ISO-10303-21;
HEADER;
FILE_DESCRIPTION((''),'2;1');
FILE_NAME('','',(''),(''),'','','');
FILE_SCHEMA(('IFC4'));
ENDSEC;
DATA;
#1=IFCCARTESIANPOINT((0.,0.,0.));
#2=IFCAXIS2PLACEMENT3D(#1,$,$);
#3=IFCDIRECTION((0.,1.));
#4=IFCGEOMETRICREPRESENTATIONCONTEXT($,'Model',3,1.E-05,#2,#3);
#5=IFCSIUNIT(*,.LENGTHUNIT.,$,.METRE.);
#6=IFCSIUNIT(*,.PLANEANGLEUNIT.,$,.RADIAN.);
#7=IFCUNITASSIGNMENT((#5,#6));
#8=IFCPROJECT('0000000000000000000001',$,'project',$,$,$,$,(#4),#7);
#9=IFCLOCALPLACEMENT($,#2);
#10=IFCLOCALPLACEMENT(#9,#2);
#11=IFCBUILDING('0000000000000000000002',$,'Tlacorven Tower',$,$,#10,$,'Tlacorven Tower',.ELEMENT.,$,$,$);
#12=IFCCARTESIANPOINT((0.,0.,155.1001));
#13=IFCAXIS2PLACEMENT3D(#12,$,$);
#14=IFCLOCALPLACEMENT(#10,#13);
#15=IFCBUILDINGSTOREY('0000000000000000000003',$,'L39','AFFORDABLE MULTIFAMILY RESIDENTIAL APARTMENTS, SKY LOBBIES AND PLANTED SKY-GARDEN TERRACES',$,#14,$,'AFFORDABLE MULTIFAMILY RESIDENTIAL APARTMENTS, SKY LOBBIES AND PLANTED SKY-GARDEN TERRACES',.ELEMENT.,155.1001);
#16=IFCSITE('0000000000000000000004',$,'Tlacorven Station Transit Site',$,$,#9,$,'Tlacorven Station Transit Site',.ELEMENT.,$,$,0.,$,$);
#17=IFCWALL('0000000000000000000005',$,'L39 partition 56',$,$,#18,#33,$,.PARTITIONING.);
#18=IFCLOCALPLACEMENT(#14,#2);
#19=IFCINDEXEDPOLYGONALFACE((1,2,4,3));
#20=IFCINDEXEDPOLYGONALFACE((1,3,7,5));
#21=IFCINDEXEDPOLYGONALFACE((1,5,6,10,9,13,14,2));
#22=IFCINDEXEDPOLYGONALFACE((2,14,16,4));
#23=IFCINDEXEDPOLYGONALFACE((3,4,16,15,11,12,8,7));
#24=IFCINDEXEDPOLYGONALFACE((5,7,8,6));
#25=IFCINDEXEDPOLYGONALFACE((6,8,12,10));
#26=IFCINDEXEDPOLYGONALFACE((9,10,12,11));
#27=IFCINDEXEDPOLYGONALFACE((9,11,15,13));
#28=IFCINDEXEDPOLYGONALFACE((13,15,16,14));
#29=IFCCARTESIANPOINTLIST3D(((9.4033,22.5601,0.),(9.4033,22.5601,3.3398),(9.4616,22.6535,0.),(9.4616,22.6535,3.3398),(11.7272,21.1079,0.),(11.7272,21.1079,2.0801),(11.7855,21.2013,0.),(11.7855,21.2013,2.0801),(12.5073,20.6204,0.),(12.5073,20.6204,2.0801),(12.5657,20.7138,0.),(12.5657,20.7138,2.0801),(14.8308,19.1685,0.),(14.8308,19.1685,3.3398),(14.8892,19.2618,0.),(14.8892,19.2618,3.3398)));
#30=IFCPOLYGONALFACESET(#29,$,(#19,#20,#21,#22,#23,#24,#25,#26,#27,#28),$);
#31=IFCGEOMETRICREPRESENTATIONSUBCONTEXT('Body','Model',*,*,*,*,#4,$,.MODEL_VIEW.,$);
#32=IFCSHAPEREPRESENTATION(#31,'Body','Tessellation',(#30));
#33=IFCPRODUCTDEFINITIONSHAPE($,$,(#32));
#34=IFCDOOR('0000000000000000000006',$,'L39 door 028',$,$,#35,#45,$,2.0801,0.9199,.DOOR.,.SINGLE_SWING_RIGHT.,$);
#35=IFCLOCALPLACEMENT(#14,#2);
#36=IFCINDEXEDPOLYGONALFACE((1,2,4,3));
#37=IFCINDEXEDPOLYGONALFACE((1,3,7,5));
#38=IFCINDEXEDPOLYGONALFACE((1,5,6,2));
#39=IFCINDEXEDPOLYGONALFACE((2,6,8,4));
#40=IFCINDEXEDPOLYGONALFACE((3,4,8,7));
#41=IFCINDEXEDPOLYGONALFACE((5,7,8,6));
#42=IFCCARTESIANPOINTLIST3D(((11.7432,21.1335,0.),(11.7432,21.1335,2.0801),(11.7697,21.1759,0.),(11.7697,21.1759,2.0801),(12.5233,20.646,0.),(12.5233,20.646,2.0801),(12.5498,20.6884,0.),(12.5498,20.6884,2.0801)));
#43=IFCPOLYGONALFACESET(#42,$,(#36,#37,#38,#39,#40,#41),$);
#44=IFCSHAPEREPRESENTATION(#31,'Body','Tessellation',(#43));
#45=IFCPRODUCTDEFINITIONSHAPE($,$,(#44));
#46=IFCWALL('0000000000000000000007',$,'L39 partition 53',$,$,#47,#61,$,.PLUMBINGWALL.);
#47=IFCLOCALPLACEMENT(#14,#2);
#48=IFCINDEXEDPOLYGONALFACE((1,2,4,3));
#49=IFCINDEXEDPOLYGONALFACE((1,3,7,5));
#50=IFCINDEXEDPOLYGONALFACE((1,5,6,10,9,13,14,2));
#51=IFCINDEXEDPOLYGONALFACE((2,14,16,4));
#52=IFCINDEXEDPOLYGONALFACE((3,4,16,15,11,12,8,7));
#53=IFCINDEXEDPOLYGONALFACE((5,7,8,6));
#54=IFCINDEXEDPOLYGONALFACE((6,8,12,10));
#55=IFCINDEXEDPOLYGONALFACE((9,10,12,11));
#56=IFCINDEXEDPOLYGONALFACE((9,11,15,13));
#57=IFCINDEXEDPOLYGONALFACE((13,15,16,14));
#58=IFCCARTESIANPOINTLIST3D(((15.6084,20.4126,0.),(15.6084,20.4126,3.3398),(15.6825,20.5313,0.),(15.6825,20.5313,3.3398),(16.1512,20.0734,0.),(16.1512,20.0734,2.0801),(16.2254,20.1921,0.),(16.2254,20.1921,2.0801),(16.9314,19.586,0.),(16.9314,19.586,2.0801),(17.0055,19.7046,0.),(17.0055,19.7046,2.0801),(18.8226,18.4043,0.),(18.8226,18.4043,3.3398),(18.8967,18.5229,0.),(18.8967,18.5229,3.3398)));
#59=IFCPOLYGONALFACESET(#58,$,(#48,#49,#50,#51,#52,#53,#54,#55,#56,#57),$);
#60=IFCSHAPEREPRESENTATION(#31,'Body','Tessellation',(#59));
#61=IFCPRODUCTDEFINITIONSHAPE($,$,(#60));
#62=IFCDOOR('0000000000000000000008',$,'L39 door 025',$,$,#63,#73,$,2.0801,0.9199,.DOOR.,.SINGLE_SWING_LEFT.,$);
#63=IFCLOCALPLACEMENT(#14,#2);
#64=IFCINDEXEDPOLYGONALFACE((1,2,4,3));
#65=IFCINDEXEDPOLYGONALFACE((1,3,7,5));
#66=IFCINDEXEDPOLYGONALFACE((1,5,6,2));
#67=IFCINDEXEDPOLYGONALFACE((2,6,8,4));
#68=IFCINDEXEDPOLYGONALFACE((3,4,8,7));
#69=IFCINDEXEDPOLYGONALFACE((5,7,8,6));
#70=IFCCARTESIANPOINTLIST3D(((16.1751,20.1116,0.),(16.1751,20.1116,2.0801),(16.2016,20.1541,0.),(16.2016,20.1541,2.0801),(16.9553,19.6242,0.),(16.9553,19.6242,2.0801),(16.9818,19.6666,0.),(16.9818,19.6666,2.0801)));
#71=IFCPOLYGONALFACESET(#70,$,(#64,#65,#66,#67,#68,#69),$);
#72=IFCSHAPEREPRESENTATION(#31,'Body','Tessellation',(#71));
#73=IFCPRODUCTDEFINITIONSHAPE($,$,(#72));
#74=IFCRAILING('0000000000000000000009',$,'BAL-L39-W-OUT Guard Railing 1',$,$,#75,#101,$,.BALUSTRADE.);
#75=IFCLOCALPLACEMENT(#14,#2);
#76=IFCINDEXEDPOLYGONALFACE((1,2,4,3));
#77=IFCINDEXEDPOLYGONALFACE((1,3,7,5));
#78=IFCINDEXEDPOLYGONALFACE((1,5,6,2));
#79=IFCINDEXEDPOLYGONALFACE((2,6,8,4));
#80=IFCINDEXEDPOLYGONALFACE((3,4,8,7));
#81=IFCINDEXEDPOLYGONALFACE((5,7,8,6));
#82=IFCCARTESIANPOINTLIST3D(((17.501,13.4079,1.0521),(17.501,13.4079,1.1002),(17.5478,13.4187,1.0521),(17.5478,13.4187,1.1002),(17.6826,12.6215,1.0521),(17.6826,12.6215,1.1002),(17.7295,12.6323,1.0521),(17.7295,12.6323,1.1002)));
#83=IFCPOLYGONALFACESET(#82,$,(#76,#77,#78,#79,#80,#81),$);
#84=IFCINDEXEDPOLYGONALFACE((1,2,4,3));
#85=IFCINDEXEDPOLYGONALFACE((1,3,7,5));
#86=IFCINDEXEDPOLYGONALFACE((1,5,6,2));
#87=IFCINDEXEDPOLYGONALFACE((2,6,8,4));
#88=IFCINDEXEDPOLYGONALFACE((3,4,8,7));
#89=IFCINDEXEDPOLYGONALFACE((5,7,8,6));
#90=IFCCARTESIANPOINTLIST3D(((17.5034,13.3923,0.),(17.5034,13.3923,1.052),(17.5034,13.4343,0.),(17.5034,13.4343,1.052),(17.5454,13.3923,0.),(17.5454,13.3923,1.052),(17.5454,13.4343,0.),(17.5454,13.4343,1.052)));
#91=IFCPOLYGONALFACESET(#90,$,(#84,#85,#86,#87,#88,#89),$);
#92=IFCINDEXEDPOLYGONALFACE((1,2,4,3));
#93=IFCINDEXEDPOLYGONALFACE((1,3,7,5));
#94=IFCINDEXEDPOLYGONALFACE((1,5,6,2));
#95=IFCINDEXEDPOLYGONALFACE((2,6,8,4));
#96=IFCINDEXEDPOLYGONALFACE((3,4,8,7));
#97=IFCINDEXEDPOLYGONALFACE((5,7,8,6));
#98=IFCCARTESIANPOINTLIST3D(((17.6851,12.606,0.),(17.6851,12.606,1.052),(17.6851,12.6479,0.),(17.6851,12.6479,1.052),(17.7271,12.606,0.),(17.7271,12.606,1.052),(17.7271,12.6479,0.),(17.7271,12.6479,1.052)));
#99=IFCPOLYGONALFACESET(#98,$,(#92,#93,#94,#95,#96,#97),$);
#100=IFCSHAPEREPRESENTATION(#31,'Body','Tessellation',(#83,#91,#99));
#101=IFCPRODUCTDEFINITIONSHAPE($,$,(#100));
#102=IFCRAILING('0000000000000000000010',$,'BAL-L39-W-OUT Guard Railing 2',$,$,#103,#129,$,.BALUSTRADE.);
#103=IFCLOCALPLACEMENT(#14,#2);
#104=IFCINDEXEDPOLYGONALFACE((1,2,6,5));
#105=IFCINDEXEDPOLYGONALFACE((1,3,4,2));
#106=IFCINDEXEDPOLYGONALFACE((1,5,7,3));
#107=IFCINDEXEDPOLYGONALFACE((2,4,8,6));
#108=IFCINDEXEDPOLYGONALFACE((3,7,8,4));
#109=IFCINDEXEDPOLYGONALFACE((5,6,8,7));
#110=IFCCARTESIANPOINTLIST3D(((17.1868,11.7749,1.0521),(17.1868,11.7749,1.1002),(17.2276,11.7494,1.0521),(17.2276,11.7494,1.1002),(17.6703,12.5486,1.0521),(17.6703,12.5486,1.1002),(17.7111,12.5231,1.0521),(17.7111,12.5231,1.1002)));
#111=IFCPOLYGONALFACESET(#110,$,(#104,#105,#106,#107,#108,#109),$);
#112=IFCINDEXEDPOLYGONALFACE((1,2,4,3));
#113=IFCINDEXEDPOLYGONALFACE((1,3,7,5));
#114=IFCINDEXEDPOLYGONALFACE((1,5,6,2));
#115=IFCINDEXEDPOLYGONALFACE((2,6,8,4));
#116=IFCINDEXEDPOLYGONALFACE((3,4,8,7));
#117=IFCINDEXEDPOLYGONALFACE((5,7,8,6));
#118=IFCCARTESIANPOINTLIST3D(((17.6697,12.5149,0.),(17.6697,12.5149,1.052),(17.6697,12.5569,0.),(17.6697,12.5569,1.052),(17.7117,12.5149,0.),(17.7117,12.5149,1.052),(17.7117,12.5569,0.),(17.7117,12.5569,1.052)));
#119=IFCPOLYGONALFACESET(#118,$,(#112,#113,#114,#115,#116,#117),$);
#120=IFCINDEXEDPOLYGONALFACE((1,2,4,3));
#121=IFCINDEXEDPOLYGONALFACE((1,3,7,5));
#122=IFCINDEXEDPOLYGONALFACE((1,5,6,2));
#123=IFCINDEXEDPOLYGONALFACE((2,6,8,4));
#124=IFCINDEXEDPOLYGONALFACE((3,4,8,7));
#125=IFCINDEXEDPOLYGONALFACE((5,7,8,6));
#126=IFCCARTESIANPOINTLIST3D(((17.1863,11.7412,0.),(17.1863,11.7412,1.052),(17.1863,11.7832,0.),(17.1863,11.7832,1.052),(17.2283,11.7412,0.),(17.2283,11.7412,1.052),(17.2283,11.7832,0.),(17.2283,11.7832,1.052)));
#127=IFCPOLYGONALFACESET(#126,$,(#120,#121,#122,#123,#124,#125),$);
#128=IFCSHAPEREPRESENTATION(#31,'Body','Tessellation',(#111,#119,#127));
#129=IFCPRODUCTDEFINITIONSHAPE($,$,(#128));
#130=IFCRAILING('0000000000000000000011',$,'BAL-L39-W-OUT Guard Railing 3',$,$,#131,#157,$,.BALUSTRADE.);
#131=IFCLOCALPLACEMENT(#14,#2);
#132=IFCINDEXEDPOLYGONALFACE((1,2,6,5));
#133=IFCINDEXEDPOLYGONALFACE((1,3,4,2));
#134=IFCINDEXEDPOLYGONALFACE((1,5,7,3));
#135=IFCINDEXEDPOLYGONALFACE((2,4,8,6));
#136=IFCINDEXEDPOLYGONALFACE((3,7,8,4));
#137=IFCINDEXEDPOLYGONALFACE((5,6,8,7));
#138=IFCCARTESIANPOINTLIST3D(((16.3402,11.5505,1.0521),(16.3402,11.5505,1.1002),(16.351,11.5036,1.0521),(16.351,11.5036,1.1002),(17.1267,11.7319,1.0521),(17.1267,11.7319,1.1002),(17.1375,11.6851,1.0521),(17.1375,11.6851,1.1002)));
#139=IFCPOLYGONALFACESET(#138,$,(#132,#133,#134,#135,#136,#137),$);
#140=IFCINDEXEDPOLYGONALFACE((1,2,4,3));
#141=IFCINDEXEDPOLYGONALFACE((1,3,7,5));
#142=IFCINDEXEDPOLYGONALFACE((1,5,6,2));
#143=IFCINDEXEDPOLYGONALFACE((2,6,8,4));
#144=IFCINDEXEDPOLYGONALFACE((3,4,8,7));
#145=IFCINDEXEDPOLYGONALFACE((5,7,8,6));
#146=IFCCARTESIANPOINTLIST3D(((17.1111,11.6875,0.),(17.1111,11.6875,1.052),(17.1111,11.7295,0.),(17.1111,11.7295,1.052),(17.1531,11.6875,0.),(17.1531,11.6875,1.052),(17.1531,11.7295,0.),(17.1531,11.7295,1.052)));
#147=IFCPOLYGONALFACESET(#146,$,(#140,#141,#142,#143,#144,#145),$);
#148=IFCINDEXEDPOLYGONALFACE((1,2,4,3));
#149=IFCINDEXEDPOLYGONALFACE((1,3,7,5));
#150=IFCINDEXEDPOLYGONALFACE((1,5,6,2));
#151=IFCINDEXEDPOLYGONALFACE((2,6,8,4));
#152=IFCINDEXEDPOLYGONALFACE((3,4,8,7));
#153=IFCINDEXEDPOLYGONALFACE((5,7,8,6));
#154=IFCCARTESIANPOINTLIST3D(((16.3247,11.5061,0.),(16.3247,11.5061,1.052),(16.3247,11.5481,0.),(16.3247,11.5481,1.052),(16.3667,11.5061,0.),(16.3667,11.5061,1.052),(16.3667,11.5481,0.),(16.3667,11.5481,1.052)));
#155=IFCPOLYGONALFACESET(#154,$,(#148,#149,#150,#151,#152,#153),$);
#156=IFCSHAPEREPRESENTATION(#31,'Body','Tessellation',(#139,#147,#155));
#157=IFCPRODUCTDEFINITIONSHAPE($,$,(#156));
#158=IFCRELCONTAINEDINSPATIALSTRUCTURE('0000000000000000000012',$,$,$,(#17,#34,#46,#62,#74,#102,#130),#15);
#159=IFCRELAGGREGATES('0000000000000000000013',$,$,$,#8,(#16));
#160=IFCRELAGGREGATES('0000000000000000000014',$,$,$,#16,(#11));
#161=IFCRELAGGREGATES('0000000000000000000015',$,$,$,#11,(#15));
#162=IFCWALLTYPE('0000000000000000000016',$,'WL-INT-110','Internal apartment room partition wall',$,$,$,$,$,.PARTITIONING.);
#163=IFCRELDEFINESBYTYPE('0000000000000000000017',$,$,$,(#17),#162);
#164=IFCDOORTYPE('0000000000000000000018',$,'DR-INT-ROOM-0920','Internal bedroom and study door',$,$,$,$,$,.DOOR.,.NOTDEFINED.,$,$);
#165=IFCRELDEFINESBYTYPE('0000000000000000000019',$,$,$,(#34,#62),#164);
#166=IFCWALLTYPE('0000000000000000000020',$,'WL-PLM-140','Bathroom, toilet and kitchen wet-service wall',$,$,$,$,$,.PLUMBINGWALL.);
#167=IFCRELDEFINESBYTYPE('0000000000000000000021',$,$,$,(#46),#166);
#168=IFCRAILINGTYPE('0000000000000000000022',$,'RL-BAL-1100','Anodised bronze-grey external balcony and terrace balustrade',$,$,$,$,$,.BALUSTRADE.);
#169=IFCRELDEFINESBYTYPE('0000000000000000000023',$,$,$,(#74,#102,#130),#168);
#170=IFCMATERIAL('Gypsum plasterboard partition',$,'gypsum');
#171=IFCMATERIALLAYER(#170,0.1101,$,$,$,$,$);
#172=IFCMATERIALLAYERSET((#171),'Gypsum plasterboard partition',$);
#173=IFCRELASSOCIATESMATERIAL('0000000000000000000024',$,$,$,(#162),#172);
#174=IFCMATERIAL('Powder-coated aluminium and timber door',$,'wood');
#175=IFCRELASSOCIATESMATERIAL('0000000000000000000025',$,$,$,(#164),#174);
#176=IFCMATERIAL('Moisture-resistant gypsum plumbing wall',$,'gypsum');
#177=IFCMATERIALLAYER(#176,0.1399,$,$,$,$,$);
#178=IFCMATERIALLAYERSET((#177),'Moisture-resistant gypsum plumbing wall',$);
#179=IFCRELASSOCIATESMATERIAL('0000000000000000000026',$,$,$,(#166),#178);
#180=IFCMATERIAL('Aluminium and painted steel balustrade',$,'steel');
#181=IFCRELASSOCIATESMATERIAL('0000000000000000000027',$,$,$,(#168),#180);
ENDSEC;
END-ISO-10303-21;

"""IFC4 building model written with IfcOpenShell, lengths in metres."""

from ifc_helpers import new_model, si_unit, direction, frame, frame_2d, origin, origin_2d, place, context, subcontext, project, spatial, rectangle, extrude, source, transform, mapped, material, layer, layer_set, type_object, element, fill, save


model = new_model("IFC4")

# Units and contexts
model_context = context("Model", 3, precision=1e-05, world=origin(), true_north=direction((0.0, 1.0)))
body_context = subcontext(model_context, "Body", "Model", "MODEL_VIEW")
ifc_project = project(units=[si_unit("LENGTHUNIT", "METRE"), si_unit("PLANEANGLEUNIT", "RADIAN")], contexts=[model_context])

# Site, building, storey
site_placement = place(None, origin())
site = spatial("IfcSite", under=ifc_project, at=site_placement, Name="Tlacorven Station Transit Site", LongName="Tlacorven Station Transit Site", CompositionType="ELEMENT", RefElevation=0.0)
building_placement = place(site_placement, origin())
building = spatial("IfcBuilding", under=site, at=building_placement, Name="Tlacorven Tower", LongName="Tlacorven Tower", CompositionType="ELEMENT")
storey_placement = place(building_placement, frame((0.0, 0.0, 155.1001)))
storey = spatial("IfcBuildingStorey", under=building, at=storey_placement, Name="L39", Description="AFFORDABLE MULTIFAMILY RESIDENTIAL APARTMENTS, SKY LOBBIES AND PLANTED SKY-GARDEN TERRACES", LongName="AFFORDABLE MULTIFAMILY RESIDENTIAL APARTMENTS, SKY LOBBIES AND PLANTED SKY-GARDEN TERRACES", CompositionType="ELEMENT", Elevation=155.1001)

# Walls, openings, doors
ifc_material_1 = material(Name="Gypsum plasterboard partition", Category="gypsum")
ifc_layer_1 = layer(ifc_material_1, 0.1101)
ifc_layer_set_1 = layer_set([ifc_layer_1], Name="Gypsum plasterboard partition")
wall_type_1 = type_object("IfcWallType", Name="WL-INT-110", Description="Internal apartment room partition wall", PredefinedType="PARTITIONING", material=ifc_layer_set_1)
wall_1_placement = place(storey_placement, frame((14.8601, 19.2151, 0.0), z_axis=(0.0, 0.0, 1.0), x_axis=(-0.848039, 0.529934, 0.0)))
wall_1 = element("IfcWall", 1, at=wall_1_placement, inside=storey, type_object=wall_type_1, Name="L39 partition 56", PredefinedType="PARTITIONING", context=body_context, shape_type="SweptSolid", body=[
    extrude(rectangle(XDim=6.4001, YDim=0.1101, at=frame_2d((3.2002, 0.0))), origin(), (0.0, 0.0, 1.0), 3.3398),
])
opening_1_placement = place(wall_1_placement, frame((2.74, 0.0, 0.0)))
opening_1 = element("IfcOpeningElement", 2, at=opening_1_placement, cuts=wall_1, PredefinedType="OPENING", context=body_context, shape_type="SweptSolid", body=[
    extrude(rectangle(XDim=0.9199, YDim=2.0801, at=frame_2d((0.46, 1.04))), frame((0.0, 0.0649, 0.0), z_axis=(0.0, -1.0, 0.0), x_axis=(1.0, 0.0, 0.0)), (0.0, 0.0, 1.0), 0.1301),
])
ifc_material_2 = material(Name="Powder-coated aluminium and timber door", Category="wood")
door_type = type_object("IfcDoorType", Name="DR-INT-ROOM-0920", Description="Internal bedroom and study door", OperationType="NOTDEFINED", PredefinedType="DOOR", material=ifc_material_2)
shared_shape_1 = source(origin(), body_context, "Body", "SweptSolid", [
    extrude(rectangle(XDim=0.9199, YDim=2.0801, at=frame_2d((0.46, 1.04))), frame((0.0, 0.0249, 0.0), z_axis=(0.0, -1.0, 0.0), x_axis=(1.0, 0.0, 0.0)), (0.0, 0.0, 1.0), 0.05),
])
door_1_placement = place(opening_1_placement, origin())
door_1 = element("IfcDoor", 3, at=door_1_placement, inside=storey, type_object=door_type, Name="L39 door 028", OperationType="SINGLE_SWING_RIGHT", OverallHeight=2.0801, OverallWidth=0.9199, PredefinedType="DOOR", context=body_context, shape_type="MappedRepresentation", body=[
    mapped(shared_shape_1, transform((0.0, 0.0, 0.0), scale=1.0)),
])
fill(opening_1, door_1)
ifc_material_3 = material(Name="Moisture-resistant gypsum plumbing wall", Category="gypsum")
ifc_layer_2 = layer(ifc_material_3, 0.1399)
ifc_layer_set_2 = layer_set([ifc_layer_2], Name="Moisture-resistant gypsum plumbing wall")
wall_type_2 = type_object("IfcWallType", Name="WL-PLM-140", Description="Bathroom, toilet and kitchen wet-service wall", PredefinedType="PLUMBINGWALL", material=ifc_layer_set_2)
wall_2_placement = place(storey_placement, frame((18.8596, 18.4636, 0.0), z_axis=(0.0, 0.0, 1.0), x_axis=(-0.84806, 0.529901, 0.0)))
wall_2 = element("IfcWall", 4, at=wall_2_placement, inside=storey, type_object=wall_type_2, Name="L39 partition 53", PredefinedType="PLUMBINGWALL", context=body_context, shape_type="SweptSolid", body=[
    extrude(rectangle(XDim=3.79, YDim=0.1399, at=frame_2d((1.895, 0.0))), origin(), (0.0, 0.0, 1.0), 3.3398),
])
opening_2_placement = place(wall_2_placement, frame((2.23, 0.0, 0.0)))
opening_2 = element("IfcOpeningElement", 5, at=opening_2_placement, cuts=wall_2, PredefinedType="OPENING", context=body_context, shape_type="SweptSolid", body=[
    extrude(rectangle(XDim=0.9199, YDim=2.0801, at=frame_2d((0.46, 1.04))), frame((0.0, 0.0801, 0.0), z_axis=(0.0, -1.0, 0.0), x_axis=(1.0, 0.0, 0.0)), (0.0, 0.0, 1.0), 0.1599),
])
door_2_placement = place(opening_2_placement, origin())
door_2 = element("IfcDoor", 6, at=door_2_placement, inside=storey, type_object=door_type, Name="L39 door 025", OperationType="SINGLE_SWING_LEFT", OverallHeight=2.0801, OverallWidth=0.9199, PredefinedType="DOOR", context=body_context, shape_type="MappedRepresentation", body=[
    mapped(shared_shape_1, transform((0.0, 0.0, 0.0), scale=1.0)),
])
fill(opening_2, door_2)

# Railings
ifc_material_4 = material(Name="Aluminium and painted steel balustrade", Category="steel")
railing_type = type_object("IfcRailingType", Name="RL-BAL-1100", Description="Anodised bronze-grey external balcony and terrace balustrade", PredefinedType="BALUSTRADE", material=ifc_material_4)
shared_shape_2 = source(origin(), body_context, "Body", "SweptSolid", [
    extrude(rectangle(XDim=0.0481, YDim=0.0481, at=origin_2d()), frame((0.0, 0.0, 1.0762), z_axis=(0.225058, -0.974345, 0.0), x_axis=(0.974345, 0.225058, 0.0)), (0.0, 0.0, 1.0), 0.8071),
    extrude(rectangle(XDim=0.042, YDim=0.042, at=origin_2d()), origin(), (0.0, 0.0, 1.0), 1.052),
    extrude(rectangle(XDim=0.042, YDim=0.042, at=origin_2d()), frame((0.1816, -0.7864, 0.0)), (0.0, 0.0, 1.0), 1.052),
])
railing_1_placement = place(storey_placement, frame((17.5244, 13.4133, 0.0)))
element("IfcRailing", 7, at=railing_1_placement, inside=storey, type_object=railing_type, Name="BAL-L39-W-OUT Guard Railing 1", PredefinedType="BALUSTRADE", context=body_context, shape_type="MappedRepresentation", body=[
    mapped(shared_shape_2, transform((0.0, 0.0, 0.0), scale=1.0)),
])
shared_shape_3 = source(origin(), body_context, "Body", "SweptSolid", [
    extrude(rectangle(XDim=0.0481, YDim=0.0481, at=origin_2d()), frame((0.0, 0.0, 1.0762), z_axis=(-0.529879, -0.848073, 0.0), x_axis=(0.848073, -0.529879, 0.0)), (0.0, 0.0, 1.0), 0.9124),
    extrude(rectangle(XDim=0.042, YDim=0.042, at=origin_2d()), origin(), (0.0, 0.0, 1.0), 1.052),
    extrude(rectangle(XDim=0.042, YDim=0.042, at=origin_2d()), frame((-0.4834, -0.7737, 0.0)), (0.0, 0.0, 1.0), 1.052),
])
railing_2_placement = place(storey_placement, frame((17.6907, 12.5359, 0.0)))
element("IfcRailing", 8, at=railing_2_placement, inside=storey, type_object=railing_type, Name="BAL-L39-W-OUT Guard Railing 2", PredefinedType="BALUSTRADE", context=body_context, shape_type="MappedRepresentation", body=[
    mapped(shared_shape_3, transform((0.0, 0.0, 0.0), scale=1.0)),
])
shared_shape_4 = source(origin(), body_context, "Body", "SweptSolid", [
    extrude(rectangle(XDim=0.0481, YDim=0.0481, at=origin_2d()), frame((0.0, 0.0, 1.0762), z_axis=(-0.974412, -0.224771, 0.0), x_axis=(0.224771, -0.974412, 0.0)), (0.0, 0.0, 1.0), 0.8071),
    extrude(rectangle(XDim=0.042, YDim=0.042, at=origin_2d()), origin(), (0.0, 0.0, 1.0), 1.052),
    extrude(rectangle(XDim=0.042, YDim=0.042, at=origin_2d()), frame((-0.7864, -0.1814, 0.0)), (0.0, 0.0, 1.0), 1.052),
])
railing_3_placement = place(storey_placement, frame((17.1321, 11.7085, 0.0)))
element("IfcRailing", 9, at=railing_3_placement, inside=storey, type_object=railing_type, Name="BAL-L39-W-OUT Guard Railing 3", PredefinedType="BALUSTRADE", context=body_context, shape_type="MappedRepresentation", body=[
    mapped(shared_shape_4, transform((0.0, 0.0, 0.0), scale=1.0)),
])

save(model, "model.ifc")
